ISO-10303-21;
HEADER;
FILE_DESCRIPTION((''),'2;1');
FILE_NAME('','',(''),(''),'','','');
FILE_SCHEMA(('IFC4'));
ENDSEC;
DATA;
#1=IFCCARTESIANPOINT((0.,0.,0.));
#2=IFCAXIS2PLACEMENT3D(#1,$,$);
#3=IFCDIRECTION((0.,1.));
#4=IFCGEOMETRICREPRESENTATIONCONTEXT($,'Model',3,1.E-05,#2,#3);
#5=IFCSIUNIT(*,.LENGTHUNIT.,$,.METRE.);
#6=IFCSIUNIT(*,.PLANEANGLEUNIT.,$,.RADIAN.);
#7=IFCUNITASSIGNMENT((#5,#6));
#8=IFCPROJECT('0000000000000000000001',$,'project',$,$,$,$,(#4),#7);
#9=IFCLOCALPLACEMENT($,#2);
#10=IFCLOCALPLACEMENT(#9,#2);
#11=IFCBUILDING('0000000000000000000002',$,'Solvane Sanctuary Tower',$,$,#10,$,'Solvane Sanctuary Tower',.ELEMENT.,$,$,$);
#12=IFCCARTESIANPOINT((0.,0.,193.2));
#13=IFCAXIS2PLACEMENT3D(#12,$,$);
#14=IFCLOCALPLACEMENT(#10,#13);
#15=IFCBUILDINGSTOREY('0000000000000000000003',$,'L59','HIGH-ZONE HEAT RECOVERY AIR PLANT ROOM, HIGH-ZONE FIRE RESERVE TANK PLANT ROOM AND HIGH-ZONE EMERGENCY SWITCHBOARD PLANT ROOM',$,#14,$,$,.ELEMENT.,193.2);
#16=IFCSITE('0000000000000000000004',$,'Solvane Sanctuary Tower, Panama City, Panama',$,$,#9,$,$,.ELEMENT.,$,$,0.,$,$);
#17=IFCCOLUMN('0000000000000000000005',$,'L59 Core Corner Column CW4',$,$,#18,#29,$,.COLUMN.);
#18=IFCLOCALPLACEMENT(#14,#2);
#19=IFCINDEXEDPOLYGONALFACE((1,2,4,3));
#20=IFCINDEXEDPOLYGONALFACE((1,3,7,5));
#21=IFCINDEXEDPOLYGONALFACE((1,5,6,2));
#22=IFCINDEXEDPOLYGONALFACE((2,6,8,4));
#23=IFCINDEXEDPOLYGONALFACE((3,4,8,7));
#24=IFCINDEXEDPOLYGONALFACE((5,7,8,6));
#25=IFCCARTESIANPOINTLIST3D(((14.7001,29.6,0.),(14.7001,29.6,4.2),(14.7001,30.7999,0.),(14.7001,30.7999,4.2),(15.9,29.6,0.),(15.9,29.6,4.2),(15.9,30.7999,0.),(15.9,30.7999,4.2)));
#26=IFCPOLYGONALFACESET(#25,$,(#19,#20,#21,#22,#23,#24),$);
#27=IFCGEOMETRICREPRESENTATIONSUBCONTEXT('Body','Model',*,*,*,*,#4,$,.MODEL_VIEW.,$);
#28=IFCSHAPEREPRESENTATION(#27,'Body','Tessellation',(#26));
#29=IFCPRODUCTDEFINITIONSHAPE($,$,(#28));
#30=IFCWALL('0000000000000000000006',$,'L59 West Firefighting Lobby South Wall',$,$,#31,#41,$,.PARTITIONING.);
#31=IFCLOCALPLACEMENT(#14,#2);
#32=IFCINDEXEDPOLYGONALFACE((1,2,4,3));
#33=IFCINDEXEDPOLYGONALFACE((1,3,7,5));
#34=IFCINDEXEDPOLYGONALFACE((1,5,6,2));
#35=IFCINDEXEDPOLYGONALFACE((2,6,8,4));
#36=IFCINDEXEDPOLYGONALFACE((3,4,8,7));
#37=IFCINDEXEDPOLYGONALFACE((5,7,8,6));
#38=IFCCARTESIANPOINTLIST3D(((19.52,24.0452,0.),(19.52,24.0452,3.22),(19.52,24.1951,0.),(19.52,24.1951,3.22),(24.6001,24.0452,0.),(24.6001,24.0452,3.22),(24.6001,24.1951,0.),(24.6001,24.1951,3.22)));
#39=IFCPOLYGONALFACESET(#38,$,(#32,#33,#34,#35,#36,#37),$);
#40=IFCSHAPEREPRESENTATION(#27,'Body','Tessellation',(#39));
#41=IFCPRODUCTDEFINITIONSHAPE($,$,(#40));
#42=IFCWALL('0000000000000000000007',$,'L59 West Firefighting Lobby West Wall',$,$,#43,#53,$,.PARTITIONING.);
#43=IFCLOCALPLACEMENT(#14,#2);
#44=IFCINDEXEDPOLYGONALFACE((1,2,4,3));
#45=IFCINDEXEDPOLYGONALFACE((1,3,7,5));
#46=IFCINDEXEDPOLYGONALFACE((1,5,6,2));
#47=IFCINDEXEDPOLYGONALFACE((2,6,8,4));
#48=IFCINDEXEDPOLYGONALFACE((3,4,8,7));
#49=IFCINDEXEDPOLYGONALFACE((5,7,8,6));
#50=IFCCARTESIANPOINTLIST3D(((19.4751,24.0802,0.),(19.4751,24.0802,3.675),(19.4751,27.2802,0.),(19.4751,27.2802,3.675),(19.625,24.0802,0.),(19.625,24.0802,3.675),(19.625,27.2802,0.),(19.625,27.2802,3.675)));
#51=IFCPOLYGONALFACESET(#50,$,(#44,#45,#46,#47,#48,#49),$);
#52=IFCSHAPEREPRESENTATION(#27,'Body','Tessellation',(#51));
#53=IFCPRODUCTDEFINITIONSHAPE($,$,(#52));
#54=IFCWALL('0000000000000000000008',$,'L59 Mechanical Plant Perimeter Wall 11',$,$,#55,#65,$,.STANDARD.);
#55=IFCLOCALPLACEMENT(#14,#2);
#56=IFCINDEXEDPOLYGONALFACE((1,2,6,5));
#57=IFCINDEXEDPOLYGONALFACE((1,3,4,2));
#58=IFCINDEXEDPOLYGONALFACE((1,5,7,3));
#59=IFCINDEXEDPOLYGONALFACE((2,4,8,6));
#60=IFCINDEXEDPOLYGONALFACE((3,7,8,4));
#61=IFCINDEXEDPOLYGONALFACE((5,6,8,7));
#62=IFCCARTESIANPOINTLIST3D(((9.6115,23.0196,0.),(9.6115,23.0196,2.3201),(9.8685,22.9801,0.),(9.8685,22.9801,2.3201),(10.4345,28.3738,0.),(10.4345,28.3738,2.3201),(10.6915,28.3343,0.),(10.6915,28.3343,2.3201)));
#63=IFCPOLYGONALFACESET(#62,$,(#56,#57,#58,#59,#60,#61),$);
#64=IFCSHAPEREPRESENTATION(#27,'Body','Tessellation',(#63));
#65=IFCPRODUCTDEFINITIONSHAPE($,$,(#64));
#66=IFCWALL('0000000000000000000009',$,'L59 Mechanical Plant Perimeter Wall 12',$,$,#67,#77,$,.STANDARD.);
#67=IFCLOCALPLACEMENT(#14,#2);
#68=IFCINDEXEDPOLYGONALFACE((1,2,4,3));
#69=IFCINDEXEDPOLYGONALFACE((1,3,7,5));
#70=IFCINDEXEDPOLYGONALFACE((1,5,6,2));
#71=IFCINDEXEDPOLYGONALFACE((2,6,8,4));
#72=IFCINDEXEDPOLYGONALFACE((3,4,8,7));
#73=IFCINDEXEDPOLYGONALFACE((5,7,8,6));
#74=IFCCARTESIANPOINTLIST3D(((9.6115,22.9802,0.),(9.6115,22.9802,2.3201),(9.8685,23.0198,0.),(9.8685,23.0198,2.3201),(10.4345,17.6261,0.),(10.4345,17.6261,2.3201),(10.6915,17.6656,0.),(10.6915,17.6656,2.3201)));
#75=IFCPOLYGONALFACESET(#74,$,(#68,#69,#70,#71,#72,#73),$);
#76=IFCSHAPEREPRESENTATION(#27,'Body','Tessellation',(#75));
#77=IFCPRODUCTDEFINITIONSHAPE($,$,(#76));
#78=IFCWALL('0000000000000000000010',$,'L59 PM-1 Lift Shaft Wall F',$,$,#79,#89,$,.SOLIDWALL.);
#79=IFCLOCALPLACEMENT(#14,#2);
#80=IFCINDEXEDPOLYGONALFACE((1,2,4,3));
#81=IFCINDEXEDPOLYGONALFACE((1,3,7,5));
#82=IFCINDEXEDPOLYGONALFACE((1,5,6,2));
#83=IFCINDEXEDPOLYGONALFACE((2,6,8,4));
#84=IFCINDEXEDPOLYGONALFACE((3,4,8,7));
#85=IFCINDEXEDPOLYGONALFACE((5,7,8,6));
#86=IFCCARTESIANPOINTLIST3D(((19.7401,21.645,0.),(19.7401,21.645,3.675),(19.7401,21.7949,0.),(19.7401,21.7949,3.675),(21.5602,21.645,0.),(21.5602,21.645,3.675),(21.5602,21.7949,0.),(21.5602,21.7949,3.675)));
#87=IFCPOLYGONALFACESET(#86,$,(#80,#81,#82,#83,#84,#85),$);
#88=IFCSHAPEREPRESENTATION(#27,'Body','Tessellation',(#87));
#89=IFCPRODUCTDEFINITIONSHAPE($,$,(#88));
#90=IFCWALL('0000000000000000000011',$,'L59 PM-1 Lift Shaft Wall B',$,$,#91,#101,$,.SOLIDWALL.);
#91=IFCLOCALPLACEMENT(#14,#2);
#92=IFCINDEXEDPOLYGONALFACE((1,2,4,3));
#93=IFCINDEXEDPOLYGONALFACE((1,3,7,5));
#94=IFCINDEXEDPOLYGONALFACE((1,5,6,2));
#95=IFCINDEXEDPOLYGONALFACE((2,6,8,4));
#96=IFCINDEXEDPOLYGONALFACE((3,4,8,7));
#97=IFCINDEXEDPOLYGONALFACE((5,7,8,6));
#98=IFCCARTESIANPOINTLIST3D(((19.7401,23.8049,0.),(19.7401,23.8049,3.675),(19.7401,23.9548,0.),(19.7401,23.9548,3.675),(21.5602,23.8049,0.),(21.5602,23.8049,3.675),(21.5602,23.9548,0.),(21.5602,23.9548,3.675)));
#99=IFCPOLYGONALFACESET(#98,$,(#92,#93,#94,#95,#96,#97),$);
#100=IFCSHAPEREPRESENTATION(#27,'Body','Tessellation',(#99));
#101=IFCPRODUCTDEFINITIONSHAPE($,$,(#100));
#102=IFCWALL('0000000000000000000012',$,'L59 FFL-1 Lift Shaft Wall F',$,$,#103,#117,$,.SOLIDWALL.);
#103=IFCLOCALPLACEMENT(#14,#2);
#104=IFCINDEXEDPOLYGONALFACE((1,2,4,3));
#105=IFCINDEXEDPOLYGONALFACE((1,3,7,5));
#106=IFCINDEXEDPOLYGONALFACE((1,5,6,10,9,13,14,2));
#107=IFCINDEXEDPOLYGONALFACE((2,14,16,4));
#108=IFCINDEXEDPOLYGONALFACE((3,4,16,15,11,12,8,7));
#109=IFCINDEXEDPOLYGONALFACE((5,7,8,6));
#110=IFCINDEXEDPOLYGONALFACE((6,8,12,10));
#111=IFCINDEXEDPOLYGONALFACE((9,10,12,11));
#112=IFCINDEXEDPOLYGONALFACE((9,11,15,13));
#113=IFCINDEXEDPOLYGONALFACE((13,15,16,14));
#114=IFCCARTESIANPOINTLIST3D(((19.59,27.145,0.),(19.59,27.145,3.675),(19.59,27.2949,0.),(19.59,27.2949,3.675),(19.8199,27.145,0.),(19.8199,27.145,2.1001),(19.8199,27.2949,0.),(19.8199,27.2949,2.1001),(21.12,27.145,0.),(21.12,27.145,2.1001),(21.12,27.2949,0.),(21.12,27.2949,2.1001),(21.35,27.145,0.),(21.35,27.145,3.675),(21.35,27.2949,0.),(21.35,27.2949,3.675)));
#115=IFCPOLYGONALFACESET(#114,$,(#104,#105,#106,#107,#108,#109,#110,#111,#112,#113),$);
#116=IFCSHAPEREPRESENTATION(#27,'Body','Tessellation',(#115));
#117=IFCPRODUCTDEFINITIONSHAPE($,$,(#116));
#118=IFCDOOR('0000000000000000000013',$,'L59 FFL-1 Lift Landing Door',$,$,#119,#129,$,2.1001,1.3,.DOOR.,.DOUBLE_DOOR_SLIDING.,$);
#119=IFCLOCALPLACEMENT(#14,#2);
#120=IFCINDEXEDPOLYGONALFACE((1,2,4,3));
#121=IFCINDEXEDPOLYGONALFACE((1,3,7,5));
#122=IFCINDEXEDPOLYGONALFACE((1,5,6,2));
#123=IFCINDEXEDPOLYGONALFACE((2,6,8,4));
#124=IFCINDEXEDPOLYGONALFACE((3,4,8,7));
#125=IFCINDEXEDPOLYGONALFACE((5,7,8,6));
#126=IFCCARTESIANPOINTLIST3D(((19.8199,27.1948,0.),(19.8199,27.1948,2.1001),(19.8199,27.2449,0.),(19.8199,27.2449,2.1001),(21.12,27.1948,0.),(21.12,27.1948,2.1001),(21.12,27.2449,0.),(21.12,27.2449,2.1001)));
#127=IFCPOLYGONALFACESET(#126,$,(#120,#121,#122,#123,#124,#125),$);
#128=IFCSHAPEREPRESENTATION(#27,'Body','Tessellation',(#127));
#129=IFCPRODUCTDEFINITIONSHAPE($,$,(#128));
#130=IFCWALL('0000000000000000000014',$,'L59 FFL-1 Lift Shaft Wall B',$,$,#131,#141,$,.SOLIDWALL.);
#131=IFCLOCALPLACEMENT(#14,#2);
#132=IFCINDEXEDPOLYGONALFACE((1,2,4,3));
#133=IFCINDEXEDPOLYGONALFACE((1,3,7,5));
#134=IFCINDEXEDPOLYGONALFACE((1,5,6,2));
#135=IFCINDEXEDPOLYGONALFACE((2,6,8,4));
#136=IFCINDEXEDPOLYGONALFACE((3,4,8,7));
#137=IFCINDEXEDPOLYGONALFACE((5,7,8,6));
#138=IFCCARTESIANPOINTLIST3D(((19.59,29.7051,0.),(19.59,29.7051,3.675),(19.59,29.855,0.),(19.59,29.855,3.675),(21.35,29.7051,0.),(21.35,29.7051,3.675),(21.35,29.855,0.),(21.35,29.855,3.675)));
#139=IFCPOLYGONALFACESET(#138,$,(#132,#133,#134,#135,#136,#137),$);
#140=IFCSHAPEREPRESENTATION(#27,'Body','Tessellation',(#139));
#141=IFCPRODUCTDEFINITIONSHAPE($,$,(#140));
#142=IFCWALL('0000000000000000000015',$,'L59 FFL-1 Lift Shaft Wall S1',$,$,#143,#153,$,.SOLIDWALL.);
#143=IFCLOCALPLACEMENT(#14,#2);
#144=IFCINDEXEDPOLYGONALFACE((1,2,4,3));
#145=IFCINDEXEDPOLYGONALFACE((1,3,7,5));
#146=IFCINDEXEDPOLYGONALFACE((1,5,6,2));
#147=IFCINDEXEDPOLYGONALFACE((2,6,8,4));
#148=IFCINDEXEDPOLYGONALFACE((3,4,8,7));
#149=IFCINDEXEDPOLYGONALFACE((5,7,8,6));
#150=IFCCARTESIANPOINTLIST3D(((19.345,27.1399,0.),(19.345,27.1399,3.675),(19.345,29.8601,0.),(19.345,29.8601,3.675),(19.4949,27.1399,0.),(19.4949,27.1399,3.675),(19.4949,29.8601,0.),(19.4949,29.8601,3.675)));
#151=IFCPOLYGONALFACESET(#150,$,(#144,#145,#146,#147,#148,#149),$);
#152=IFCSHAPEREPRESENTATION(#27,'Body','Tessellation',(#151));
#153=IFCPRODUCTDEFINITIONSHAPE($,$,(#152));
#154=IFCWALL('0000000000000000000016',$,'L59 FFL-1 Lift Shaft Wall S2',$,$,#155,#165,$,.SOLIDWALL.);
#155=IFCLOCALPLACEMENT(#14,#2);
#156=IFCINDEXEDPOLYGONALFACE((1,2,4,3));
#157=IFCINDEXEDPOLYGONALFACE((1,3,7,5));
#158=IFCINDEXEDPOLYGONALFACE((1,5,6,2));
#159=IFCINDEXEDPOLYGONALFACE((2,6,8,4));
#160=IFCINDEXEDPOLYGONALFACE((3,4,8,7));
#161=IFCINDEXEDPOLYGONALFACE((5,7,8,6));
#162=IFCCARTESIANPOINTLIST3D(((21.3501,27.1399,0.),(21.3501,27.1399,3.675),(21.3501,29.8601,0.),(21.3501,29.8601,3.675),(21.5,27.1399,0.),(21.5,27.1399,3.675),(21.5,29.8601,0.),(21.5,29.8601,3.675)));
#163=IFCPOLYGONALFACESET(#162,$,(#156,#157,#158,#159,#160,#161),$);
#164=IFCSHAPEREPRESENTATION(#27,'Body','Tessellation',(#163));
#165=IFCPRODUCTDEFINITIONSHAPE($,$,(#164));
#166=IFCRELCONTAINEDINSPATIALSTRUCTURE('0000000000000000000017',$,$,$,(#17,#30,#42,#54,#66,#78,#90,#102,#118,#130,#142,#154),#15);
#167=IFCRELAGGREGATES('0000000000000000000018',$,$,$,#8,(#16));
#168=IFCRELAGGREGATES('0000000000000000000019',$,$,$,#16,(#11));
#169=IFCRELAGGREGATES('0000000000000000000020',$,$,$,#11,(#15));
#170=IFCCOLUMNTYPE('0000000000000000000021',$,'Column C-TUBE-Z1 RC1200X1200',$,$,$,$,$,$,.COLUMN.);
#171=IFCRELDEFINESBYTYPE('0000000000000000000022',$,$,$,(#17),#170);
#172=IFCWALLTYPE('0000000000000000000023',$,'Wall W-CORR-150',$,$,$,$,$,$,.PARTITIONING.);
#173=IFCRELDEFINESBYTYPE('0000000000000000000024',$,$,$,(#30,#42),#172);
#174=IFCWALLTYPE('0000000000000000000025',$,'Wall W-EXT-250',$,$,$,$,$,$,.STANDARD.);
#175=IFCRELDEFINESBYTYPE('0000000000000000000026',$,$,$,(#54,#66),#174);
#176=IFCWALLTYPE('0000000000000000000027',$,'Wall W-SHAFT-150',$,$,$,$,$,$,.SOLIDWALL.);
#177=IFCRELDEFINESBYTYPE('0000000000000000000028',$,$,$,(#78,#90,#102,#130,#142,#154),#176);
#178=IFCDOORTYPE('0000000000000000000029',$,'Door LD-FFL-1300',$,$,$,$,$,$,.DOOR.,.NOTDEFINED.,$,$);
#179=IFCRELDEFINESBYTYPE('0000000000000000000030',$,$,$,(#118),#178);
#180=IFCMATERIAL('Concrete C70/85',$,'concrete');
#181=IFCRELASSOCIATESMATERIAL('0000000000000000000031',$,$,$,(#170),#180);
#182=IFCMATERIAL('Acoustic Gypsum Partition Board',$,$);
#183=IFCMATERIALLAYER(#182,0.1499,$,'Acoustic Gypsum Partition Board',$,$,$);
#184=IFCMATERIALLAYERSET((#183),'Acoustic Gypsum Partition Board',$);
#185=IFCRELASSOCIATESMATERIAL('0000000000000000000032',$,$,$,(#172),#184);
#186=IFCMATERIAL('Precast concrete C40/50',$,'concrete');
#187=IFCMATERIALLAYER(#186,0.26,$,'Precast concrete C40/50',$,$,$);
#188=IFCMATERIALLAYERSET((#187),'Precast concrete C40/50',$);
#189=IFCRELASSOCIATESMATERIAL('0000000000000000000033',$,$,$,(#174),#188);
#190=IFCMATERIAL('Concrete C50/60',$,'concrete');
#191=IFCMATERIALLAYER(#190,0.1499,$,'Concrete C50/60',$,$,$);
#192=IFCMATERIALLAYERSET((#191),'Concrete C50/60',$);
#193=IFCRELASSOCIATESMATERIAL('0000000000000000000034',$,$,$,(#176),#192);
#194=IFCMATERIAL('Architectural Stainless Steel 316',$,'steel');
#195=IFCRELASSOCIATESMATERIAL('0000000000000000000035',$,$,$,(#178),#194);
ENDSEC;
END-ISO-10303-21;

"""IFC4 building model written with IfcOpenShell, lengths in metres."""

from ifc_helpers import new_model, si_unit, direction, frame, frame_2d, origin, origin_2d, place, context, subcontext, project, spatial, rectangle, extrude, material, layer, layer_set, material_profile, profile_set, type_object, element, fill, save


model = new_model("IFC4")

# Units and contexts
model_context = context("Model", 3, precision=1e-05, world=origin(), true_north=direction((0.0, 1.0)))
body_context = subcontext(model_context, "Body", "Model", "MODEL_VIEW")
ifc_project = project(units=[si_unit("LENGTHUNIT", "METRE"), si_unit("PLANEANGLEUNIT", "RADIAN")], contexts=[model_context])

# Site, building, storey
site_placement = place(None, origin())
site = spatial("IfcSite", under=ifc_project, at=site_placement, Name="Solvane Sanctuary Tower, Panama City, Panama", CompositionType="ELEMENT", RefElevation=0.0)
building_placement = place(site_placement, origin())
building = spatial("IfcBuilding", under=site, at=building_placement, Name="Solvane Sanctuary Tower", LongName="Solvane Sanctuary Tower", CompositionType="ELEMENT")
storey_placement = place(building_placement, frame((0.0, 0.0, 193.2)))
storey = spatial("IfcBuildingStorey", under=building, at=storey_placement, Name="L59", Description="HIGH-ZONE HEAT RECOVERY AIR PLANT ROOM, HIGH-ZONE FIRE RESERVE TANK PLANT ROOM AND HIGH-ZONE EMERGENCY SWITCHBOARD PLANT ROOM", CompositionType="ELEMENT", Elevation=193.2)

# Column
ifc_material_1 = material(Name="Concrete C70/85", Category="concrete")
ifc_material_profile = material_profile(ifc_material_1, rectangle(XDim=1.2, YDim=1.2, at=origin_2d()), Name="RC1200X1200")
ifc_profile_set = profile_set([ifc_material_profile], Name="Concrete C70/85")
column_type = type_object("IfcColumnType", Name="Column C-TUBE-Z1 RC1200X1200", PredefinedType="COLUMN", material=ifc_profile_set)
column_placement = place(storey_placement, frame((15.3, 30.2, 0.0), z_axis=(0.0, 0.0, 1.0), x_axis=(1.0, 0.0, 0.0)))
element("IfcColumn", 1, at=column_placement, inside=storey, type_object=column_type, Name="L59 Core Corner Column CW4", PredefinedType="COLUMN", context=body_context, shape_type="SweptSolid", body=[
    extrude(rectangle(XDim=1.2, YDim=1.2, at=origin_2d()), origin(), (0.0, 0.0, 1.0), 4.2),
])

# Walls
ifc_material_2 = material(Name="Acoustic Gypsum Partition Board")
ifc_layer_1 = layer(ifc_material_2, 0.1499, Name="Acoustic Gypsum Partition Board")
ifc_layer_set_1 = layer_set([ifc_layer_1], Name="Acoustic Gypsum Partition Board")
wall_type_1 = type_object("IfcWallType", Name="Wall W-CORR-150", PredefinedType="PARTITIONING", material=ifc_layer_set_1)
wall_1_placement = place(storey_placement, frame((19.52, 24.1201, 0.0), z_axis=(0.0, 0.0, 1.0), x_axis=(1.0, 0.0, 0.0)))
element("IfcWall", 2, at=wall_1_placement, inside=storey, type_object=wall_type_1, Name="L59 West Firefighting Lobby South Wall", PredefinedType="PARTITIONING", context=body_context, shape_type="SweptSolid", body=[
    extrude(rectangle(XDim=5.0801, YDim=0.1499, at=frame_2d((2.54, 0.0))), origin(), (0.0, 0.0, 1.0), 3.22),
])
wall_2_placement = place(storey_placement, frame((19.55, 24.0801, 0.0), z_axis=(0.0, 0.0, 1.0), x_axis=(0.0, 1.0, 0.0)))
element("IfcWall", 3, at=wall_2_placement, inside=storey, type_object=wall_type_1, Name="L59 West Firefighting Lobby West Wall", PredefinedType="PARTITIONING", context=body_context, shape_type="SweptSolid", body=[
    extrude(rectangle(XDim=3.2, YDim=0.1499, at=frame_2d((1.6001, 0.0))), origin(), (0.0, 0.0, 1.0), 3.675),
])
ifc_material_3 = material(Name="Precast concrete C40/50", Category="concrete")
ifc_layer_2 = layer(ifc_material_3, 0.26, Name="Precast concrete C40/50")
ifc_layer_set_2 = layer_set([ifc_layer_2], Name="Precast concrete C40/50")
wall_type_2 = type_object("IfcWallType", Name="Wall W-EXT-250", PredefinedType="STANDARD", material=ifc_layer_set_2)
for number, where, z_axis, x_axis, name in (
    (4, (10.563, 28.354, 0.0), (0.0, 0.0, 1.0), (-0.151932, -0.988391, 0.0), "L59 Mechanical Plant Perimeter Wall 11"),
    (5, (9.74, 23.0, 0.0), (0.0, 0.0, 1.0), (0.151932, -0.988391, 0.0), "L59 Mechanical Plant Perimeter Wall 12"),
):
    element("IfcWall", number, at=place(storey_placement, frame(where, z_axis=z_axis, x_axis=x_axis)), inside=storey, type_object=wall_type_2, Name=name, PredefinedType="STANDARD", context=body_context, shape_type="SweptSolid", body=[
        extrude(rectangle(XDim=5.417, YDim=0.26, at=frame_2d((2.7085, 0.0))), origin(), (0.0, 0.0, 1.0), 2.3201),
    ])
ifc_material_4 = material(Name="Concrete C50/60", Category="concrete")
ifc_layer_3 = layer(ifc_material_4, 0.1499, Name="Concrete C50/60")
ifc_layer_set_3 = layer_set([ifc_layer_3], Name="Concrete C50/60")
wall_type_3 = type_object("IfcWallType", Name="Wall W-SHAFT-150", PredefinedType="SOLIDWALL", material=ifc_layer_set_3)
for number, where, z_axis, x_axis, name in (
    (6, (19.74, 21.72, 0.0), (0.0, 0.0, 1.0), (1.0, 0.0, 0.0), "L59 PM-1 Lift Shaft Wall F"),
    (7, (19.74, 23.8799, 0.0), (0.0, 0.0, 1.0), (1.0, 0.0, 0.0), "L59 PM-1 Lift Shaft Wall B"),
):
    element("IfcWall", number, at=place(storey_placement, frame(where, z_axis=z_axis, x_axis=x_axis)), inside=storey, type_object=wall_type_3, Name=name, PredefinedType="SOLIDWALL", context=body_context, shape_type="SweptSolid", body=[
        extrude(rectangle(XDim=1.8201, YDim=0.1499, at=frame_2d((0.9102, 0.0))), origin(), (0.0, 0.0, 1.0), 3.675),
    ])

# Wall, opening, door
wall_3_placement = place(storey_placement, frame((19.5901, 27.22, 0.0), z_axis=(0.0, 0.0, 1.0), x_axis=(1.0, 0.0, 0.0)))
wall_3 = element("IfcWall", 8, at=wall_3_placement, inside=storey, type_object=wall_type_3, Name="L59 FFL-1 Lift Shaft Wall F", PredefinedType="SOLIDWALL", context=body_context, shape_type="SweptSolid", body=[
    extrude(rectangle(XDim=1.76, YDim=0.1499, at=frame_2d((0.8799, 0.0))), origin(), (0.0, 0.0, 1.0), 3.675),
])
opening_1_placement = place(wall_3_placement, frame((0.23, 0.0, 0.0)))
opening_1 = element("IfcOpeningElement", 9, at=opening_1_placement, cuts=wall_3, PredefinedType="OPENING", context=body_context, shape_type="SweptSolid", body=[
    extrude(rectangle(XDim=1.3, YDim=2.1001, at=frame_2d((0.6499, 1.05))), frame((0.0, 0.085, 0.0), z_axis=(0.0, -1.0, 0.0), x_axis=(1.0, 0.0, 0.0)), (0.0, 0.0, 1.0), 0.1699),
])
ifc_material_5 = material(Name="Architectural Stainless Steel 316", Category="steel")
door_type = type_object("IfcDoorType", Name="Door LD-FFL-1300", OperationType="NOTDEFINED", PredefinedType="DOOR", material=ifc_material_5)
door_1_placement = place(opening_1_placement, origin())
door_1 = element("IfcDoor", 10, at=door_1_placement, inside=storey, type_object=door_type, Name="L59 FFL-1 Lift Landing Door", OperationType="DOUBLE_DOOR_SLIDING", OverallHeight=2.1001, OverallWidth=1.3, PredefinedType="DOOR", context=body_context, shape_type="SweptSolid", body=[
    extrude(rectangle(XDim=1.3, YDim=2.1001, at=frame_2d((0.6499, 1.05))), frame((0.0, 0.0249, 0.0), z_axis=(0.0, -1.0, 0.0), x_axis=(1.0, 0.0, 0.0)), (0.0, 0.0, 1.0), 0.05),
])
fill(opening_1, door_1)

# Walls
wall_4_placement = place(storey_placement, frame((19.5901, 29.78, 0.0), z_axis=(0.0, 0.0, 1.0), x_axis=(1.0, 0.0, 0.0)))
element("IfcWall", 11, at=wall_4_placement, inside=storey, type_object=wall_type_3, Name="L59 FFL-1 Lift Shaft Wall B", PredefinedType="SOLIDWALL", context=body_context, shape_type="SweptSolid", body=[
    extrude(rectangle(XDim=1.76, YDim=0.1499, at=frame_2d((0.8799, 0.0))), origin(), (0.0, 0.0, 1.0), 3.675),
])
for number, where, z_axis, x_axis, name in (
    (12, (19.4199, 27.1399, 0.0), (0.0, 0.0, 1.0), (0.0, 1.0, 0.0), "L59 FFL-1 Lift Shaft Wall S1"),
    (13, (21.425, 27.1399, 0.0), (0.0, 0.0, 1.0), (0.0, 1.0, 0.0), "L59 FFL-1 Lift Shaft Wall S2"),
):
    element("IfcWall", number, at=place(storey_placement, frame(where, z_axis=z_axis, x_axis=x_axis)), inside=storey, type_object=wall_type_3, Name=name, PredefinedType="SOLIDWALL", context=body_context, shape_type="SweptSolid", body=[
        extrude(rectangle(XDim=2.7202, YDim=0.1499, at=frame_2d((1.3601, 0.0))), origin(), (0.0, 0.0, 1.0), 3.675),
    ])

save(model, "model.ifc")
